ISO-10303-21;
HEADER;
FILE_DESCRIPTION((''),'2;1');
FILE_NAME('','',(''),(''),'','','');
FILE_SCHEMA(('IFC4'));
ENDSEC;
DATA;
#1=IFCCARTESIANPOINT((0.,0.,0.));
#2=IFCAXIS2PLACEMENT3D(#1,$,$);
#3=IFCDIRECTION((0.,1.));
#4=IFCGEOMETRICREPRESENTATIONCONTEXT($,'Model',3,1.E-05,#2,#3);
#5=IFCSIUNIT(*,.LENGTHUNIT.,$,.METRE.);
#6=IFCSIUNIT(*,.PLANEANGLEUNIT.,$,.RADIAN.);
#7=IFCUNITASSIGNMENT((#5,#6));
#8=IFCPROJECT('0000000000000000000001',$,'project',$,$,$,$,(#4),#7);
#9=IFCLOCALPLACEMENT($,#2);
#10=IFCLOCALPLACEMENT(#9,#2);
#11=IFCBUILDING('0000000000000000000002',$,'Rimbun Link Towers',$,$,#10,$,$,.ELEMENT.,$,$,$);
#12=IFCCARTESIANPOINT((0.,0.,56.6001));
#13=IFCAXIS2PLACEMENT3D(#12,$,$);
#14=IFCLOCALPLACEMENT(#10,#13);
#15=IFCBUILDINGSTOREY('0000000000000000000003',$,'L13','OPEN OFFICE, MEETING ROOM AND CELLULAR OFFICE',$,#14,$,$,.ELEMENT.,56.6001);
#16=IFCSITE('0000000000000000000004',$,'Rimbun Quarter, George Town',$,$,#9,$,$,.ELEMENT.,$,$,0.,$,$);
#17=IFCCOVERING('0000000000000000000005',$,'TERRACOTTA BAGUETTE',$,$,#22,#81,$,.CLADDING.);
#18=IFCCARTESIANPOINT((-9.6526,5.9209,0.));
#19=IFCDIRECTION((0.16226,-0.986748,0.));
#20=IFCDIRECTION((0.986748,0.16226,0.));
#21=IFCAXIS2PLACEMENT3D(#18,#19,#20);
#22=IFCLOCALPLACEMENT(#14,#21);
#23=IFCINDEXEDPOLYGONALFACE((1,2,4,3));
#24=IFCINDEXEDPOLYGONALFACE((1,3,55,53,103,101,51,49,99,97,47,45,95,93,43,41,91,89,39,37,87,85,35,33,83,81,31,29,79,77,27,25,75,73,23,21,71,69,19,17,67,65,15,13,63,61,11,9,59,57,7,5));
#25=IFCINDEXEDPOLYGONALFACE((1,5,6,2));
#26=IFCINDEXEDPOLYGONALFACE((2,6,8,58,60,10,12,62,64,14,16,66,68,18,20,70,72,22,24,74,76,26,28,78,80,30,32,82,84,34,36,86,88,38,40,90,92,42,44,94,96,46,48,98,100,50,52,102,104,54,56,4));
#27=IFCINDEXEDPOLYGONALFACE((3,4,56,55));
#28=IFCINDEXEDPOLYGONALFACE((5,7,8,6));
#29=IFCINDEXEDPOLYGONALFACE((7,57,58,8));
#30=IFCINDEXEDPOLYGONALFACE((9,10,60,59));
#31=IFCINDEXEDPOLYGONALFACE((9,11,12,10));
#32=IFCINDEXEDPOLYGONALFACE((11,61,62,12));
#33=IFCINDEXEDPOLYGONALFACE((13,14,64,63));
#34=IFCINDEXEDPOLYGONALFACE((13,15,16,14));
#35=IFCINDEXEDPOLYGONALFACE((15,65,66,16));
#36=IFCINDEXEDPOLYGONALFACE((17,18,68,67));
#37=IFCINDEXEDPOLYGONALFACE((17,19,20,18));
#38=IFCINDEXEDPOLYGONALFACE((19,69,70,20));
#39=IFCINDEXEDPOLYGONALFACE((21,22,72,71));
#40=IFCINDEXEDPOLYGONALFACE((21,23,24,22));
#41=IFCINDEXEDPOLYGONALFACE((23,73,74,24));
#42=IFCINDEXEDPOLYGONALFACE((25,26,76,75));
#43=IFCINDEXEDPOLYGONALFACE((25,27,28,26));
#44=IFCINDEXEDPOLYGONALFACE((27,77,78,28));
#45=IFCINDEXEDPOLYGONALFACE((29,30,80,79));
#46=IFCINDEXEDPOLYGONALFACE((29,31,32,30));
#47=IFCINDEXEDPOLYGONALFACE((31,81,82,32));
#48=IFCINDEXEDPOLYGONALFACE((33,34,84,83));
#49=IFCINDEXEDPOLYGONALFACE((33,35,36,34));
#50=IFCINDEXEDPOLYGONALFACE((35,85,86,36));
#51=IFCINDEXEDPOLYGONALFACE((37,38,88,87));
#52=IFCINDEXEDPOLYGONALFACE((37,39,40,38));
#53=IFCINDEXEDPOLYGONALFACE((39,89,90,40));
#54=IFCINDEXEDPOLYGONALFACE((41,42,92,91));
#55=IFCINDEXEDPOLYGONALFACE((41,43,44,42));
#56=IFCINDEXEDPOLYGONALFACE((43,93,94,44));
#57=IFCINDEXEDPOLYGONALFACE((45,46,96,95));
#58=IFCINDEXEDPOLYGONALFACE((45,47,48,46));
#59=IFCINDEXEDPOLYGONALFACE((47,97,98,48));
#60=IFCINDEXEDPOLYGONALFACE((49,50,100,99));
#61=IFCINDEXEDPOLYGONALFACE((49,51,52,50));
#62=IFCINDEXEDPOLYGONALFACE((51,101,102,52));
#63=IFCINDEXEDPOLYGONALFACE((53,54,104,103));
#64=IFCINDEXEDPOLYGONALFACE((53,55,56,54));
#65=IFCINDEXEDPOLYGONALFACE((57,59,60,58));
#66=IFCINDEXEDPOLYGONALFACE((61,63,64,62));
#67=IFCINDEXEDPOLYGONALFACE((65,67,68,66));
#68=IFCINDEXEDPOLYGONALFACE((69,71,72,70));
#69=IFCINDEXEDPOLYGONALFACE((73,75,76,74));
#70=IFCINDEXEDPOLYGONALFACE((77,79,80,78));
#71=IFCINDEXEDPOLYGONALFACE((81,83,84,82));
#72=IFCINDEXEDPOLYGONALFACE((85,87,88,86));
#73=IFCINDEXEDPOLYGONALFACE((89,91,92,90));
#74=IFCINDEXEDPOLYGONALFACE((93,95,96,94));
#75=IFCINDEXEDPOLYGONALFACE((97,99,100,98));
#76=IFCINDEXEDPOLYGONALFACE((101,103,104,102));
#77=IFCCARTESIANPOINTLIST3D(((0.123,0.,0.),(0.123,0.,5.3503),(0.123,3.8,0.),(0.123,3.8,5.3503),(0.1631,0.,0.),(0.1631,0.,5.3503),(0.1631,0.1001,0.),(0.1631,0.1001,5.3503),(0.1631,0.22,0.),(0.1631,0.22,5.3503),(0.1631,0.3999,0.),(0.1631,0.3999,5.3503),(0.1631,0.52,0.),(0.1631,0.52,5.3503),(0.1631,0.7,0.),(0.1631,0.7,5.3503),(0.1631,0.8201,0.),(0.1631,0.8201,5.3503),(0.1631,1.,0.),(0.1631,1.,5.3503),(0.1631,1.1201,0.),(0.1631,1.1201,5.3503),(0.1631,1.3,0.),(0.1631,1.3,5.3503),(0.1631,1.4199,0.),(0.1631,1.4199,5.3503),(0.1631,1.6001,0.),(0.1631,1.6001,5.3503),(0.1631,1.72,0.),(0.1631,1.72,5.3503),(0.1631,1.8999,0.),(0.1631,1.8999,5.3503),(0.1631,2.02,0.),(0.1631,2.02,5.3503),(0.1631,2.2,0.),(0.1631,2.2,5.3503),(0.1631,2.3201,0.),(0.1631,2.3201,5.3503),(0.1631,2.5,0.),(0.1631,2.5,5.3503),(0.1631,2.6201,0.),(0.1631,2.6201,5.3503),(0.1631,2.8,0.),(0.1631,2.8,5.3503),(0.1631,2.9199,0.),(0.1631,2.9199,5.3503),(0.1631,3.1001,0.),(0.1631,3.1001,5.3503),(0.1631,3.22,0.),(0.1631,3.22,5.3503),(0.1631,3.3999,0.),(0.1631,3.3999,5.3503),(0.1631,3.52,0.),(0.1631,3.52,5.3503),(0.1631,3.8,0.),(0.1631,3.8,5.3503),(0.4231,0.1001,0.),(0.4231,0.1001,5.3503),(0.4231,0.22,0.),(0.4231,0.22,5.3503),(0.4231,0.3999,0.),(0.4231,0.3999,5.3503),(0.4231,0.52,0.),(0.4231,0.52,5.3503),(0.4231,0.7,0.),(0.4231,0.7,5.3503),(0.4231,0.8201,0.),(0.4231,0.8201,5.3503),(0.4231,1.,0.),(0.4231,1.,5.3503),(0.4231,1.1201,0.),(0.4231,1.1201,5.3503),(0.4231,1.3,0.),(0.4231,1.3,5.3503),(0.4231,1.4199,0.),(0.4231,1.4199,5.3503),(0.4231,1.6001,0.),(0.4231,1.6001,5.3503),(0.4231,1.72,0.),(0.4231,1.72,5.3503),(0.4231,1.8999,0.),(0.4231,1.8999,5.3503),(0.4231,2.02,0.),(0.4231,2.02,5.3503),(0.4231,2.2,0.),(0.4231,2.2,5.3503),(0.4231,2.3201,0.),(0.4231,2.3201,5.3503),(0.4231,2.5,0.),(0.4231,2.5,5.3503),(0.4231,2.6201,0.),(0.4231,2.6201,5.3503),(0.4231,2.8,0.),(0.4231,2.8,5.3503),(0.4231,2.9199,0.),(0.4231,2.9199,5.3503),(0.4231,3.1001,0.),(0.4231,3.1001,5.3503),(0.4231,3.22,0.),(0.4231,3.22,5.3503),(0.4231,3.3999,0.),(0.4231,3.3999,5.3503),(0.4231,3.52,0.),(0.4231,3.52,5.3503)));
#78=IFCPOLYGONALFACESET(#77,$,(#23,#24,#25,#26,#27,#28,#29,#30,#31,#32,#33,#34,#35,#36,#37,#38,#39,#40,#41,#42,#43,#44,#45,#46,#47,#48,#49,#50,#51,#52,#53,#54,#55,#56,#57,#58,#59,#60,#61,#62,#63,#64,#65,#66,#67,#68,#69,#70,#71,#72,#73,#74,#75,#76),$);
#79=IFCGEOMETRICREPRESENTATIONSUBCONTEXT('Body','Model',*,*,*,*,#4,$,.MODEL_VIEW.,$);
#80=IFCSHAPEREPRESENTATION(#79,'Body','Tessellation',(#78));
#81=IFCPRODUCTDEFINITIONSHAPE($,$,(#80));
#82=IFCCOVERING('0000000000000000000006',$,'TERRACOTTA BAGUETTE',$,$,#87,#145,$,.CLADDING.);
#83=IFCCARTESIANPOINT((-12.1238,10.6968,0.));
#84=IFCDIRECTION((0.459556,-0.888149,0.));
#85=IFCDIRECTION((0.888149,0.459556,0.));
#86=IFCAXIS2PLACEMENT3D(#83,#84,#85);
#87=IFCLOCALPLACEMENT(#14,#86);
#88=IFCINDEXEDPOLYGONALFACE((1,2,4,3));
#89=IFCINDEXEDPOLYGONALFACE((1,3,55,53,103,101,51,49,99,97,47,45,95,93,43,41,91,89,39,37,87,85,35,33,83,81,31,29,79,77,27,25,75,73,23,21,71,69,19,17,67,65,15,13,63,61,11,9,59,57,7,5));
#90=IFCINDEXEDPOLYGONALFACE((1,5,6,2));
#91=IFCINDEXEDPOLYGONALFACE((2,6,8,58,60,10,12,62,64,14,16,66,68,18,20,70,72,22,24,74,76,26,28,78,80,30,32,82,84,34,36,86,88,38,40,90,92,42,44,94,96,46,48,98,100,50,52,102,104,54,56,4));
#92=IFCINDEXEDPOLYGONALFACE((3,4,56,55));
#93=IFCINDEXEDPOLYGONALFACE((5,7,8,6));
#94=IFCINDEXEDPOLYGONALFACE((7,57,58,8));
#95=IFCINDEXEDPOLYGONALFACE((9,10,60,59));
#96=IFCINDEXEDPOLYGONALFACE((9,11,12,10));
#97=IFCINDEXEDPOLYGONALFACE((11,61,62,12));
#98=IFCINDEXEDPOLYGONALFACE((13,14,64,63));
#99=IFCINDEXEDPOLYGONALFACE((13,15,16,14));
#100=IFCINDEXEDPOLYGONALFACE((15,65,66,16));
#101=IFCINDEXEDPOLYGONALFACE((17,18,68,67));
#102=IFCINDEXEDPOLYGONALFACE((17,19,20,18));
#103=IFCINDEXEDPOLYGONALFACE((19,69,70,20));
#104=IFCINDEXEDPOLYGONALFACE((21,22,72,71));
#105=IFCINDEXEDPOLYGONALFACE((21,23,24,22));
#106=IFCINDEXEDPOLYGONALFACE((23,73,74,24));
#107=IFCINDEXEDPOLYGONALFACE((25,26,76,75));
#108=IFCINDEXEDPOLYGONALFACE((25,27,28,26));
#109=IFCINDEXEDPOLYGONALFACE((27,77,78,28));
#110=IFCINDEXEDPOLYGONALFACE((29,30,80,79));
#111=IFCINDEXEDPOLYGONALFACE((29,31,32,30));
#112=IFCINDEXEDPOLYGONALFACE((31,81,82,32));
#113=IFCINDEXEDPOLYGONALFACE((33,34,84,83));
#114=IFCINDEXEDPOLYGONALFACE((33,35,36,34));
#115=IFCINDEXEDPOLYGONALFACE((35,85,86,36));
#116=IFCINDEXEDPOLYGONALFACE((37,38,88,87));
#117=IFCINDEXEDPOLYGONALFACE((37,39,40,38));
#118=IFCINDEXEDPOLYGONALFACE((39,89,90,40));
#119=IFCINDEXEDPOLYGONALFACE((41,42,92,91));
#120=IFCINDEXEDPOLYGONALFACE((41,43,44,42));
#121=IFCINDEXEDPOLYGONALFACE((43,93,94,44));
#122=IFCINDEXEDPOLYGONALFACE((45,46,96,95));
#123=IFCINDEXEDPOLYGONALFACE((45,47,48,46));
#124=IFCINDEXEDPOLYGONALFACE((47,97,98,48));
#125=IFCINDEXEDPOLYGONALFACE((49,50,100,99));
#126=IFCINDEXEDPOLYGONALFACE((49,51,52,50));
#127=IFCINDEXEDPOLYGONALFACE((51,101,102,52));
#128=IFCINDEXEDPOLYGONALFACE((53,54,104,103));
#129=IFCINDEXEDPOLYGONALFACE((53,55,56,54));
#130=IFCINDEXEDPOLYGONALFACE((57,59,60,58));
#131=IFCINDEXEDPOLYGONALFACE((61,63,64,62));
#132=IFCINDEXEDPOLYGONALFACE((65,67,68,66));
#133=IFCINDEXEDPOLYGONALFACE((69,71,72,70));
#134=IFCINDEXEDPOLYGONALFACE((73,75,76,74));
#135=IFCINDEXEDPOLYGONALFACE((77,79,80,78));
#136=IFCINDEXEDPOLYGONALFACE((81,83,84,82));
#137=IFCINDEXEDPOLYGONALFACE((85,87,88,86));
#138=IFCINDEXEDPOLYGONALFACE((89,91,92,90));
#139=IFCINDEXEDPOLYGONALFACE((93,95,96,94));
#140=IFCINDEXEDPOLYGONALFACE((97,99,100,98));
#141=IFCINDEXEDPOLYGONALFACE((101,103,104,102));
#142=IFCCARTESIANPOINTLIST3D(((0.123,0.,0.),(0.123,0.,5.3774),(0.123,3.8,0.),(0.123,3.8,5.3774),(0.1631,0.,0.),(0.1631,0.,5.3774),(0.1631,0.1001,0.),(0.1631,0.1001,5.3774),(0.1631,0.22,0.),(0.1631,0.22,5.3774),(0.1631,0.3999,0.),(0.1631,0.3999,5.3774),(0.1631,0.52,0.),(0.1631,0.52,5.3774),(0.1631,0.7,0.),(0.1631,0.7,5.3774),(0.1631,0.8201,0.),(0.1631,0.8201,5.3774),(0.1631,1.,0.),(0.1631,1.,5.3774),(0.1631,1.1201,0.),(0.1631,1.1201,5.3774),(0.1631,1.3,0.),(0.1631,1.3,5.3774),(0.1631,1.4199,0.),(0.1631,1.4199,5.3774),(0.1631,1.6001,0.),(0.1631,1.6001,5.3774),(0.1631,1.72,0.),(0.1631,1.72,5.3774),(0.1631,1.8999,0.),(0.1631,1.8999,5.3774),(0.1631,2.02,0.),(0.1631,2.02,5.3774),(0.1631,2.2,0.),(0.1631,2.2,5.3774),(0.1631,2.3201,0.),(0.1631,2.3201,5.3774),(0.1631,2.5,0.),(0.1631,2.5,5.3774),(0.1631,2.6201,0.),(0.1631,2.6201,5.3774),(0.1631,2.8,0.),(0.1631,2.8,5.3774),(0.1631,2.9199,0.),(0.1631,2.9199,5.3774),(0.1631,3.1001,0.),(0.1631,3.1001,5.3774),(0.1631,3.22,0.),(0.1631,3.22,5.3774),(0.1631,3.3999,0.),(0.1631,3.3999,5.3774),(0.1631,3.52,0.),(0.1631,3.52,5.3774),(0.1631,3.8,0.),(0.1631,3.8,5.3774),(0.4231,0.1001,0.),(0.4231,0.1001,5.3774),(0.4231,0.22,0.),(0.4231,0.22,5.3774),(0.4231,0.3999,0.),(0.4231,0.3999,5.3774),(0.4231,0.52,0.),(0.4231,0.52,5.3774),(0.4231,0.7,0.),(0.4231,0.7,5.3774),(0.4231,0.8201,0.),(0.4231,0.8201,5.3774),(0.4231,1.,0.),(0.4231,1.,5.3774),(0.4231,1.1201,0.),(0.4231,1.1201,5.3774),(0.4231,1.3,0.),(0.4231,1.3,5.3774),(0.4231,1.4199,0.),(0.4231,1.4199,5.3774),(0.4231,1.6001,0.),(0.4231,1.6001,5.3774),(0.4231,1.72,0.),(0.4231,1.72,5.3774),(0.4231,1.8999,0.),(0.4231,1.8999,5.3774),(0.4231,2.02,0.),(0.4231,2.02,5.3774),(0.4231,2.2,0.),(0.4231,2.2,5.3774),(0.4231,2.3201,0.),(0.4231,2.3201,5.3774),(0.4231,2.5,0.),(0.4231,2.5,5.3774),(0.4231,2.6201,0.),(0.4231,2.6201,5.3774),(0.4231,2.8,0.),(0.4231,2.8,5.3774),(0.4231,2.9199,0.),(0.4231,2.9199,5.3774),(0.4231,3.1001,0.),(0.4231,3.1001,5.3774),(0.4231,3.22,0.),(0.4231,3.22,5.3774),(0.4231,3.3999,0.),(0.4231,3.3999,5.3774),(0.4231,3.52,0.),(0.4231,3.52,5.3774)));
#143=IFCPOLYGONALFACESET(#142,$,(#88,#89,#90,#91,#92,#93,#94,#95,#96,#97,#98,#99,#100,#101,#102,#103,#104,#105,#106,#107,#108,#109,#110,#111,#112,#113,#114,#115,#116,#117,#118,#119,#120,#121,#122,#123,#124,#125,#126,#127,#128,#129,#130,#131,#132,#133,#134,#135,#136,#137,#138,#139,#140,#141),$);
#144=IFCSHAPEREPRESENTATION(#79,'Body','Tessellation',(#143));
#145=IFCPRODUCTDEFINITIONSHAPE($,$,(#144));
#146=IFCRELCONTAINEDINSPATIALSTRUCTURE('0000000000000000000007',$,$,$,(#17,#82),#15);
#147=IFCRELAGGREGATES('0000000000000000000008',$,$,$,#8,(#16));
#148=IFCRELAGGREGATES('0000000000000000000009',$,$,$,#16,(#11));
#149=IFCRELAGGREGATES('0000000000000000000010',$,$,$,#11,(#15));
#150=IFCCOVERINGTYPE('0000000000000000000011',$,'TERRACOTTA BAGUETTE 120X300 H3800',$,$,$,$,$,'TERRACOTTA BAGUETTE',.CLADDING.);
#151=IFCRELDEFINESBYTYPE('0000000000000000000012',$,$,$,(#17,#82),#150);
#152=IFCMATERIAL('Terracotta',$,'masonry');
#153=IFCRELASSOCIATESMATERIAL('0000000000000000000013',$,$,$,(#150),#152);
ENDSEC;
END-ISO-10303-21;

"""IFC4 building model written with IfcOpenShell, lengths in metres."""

from ifc_helpers import new_model, si_unit, direction, frame, origin, place, context, subcontext, project, spatial, polyline, outline, extrude, material, material_profile, profile_set, type_object, element, save


model = new_model("IFC4")

# Units and contexts
model_context = context("Model", 3, precision=1e-05, world=origin(), true_north=direction((0.0, 1.0)))
body_context = subcontext(model_context, "Body", "Model", "MODEL_VIEW")
ifc_project = project(units=[si_unit("LENGTHUNIT", "METRE"), si_unit("PLANEANGLEUNIT", "RADIAN")], contexts=[model_context])

# Site, building, storey
site_placement = place(None, origin())
site = spatial("IfcSite", under=ifc_project, at=site_placement, Name="Rimbun Quarter, George Town", CompositionType="ELEMENT", RefElevation=0.0)
building_placement = place(site_placement, origin())
building = spatial("IfcBuilding", under=site, at=building_placement, Name="Rimbun Link Towers", CompositionType="ELEMENT")
storey_placement = place(building_placement, frame((0.0, 0.0, 56.6001)))
storey = spatial("IfcBuildingStorey", under=building, at=storey_placement, Name="L13", Description="OPEN OFFICE, MEETING ROOM AND CELLULAR OFFICE", CompositionType="ELEMENT", Elevation=56.6001)

# Coverings
ifc_material_1 = material(Name="Terracotta", Category="masonry")
ifc_material_profile_1 = material_profile(ifc_material_1, outline(polyline([(0.123, 0.0), (0.1631, 0.0), (0.1631, 0.1001), (0.4231, 0.1001), (0.4231, 0.22), (0.1631, 0.22), (0.1631, 0.3999), (0.4231, 0.3999), (0.4231, 0.52), (0.1631, 0.52), (0.1631, 0.7), (0.4231, 0.7), (0.4231, 0.8201), (0.1631, 0.8201), (0.1631, 1.0), (0.4231, 1.0), (0.4231, 1.1201), (0.1631, 1.1201), (0.1631, 1.3), (0.4231, 1.3), (0.4231, 1.4199), (0.1631, 1.4199), (0.1631, 1.6001), (0.4231, 1.6001), (0.4231, 1.72), (0.1631, 1.72), (0.1631, 1.8999), (0.4231, 1.8999), (0.4231, 2.02), (0.1631, 2.02), (0.1631, 2.2), (0.4231, 2.2), (0.4231, 2.3201), (0.1631, 2.3201), (0.1631, 2.5), (0.4231, 2.5), (0.4231, 2.6201), (0.1631, 2.6201), (0.1631, 2.8), (0.4231, 2.8), (0.4231, 2.9199), (0.1631, 2.9199), (0.1631, 3.1001), (0.4231, 3.1001), (0.4231, 3.22), (0.1631, 3.22), (0.1631, 3.3999), (0.4231, 3.3999), (0.4231, 3.52), (0.1631, 3.52), (0.1631, 3.8), (0.123, 3.8), (0.123, 0.0)])), Name="BAGUETTE 120X300")
ifc_profile_set_1 = profile_set([ifc_material_profile_1], Name="Terracotta")
covering_type_1 = type_object("IfcCoveringType", Name="TERRACOTTA BAGUETTE 120X300 H3800", ElementType="TERRACOTTA BAGUETTE", PredefinedType="CLADDING", material=ifc_profile_set_1)
covering_1_placement = place(storey_placement, frame((-9.6526, 5.9209, 0.0), z_axis=(0.16226, -0.986748, 0.0), x_axis=(0.986748, 0.16226, 0.0)))
element("IfcCovering", 1, at=covering_1_placement, inside=storey, type_object=covering_type_1, Name="TERRACOTTA BAGUETTE", PredefinedType="CLADDING", context=body_context, shape_type="SweptSolid", body=[
    extrude(outline(polyline([(0.123, 0.0), (0.1631, 0.0), (0.1631, 0.1001), (0.4231, 0.1001), (0.4231, 0.22), (0.1631, 0.22), (0.1631, 0.3999), (0.4231, 0.3999), (0.4231, 0.52), (0.1631, 0.52), (0.1631, 0.7), (0.4231, 0.7), (0.4231, 0.8201), (0.1631, 0.8201), (0.1631, 1.0), (0.4231, 1.0), (0.4231, 1.1201), (0.1631, 1.1201), (0.1631, 1.3), (0.4231, 1.3), (0.4231, 1.4199), (0.1631, 1.4199), (0.1631, 1.6001), (0.4231, 1.6001), (0.4231, 1.72), (0.1631, 1.72), (0.1631, 1.8999), (0.4231, 1.8999), (0.4231, 2.02), (0.1631, 2.02), (0.1631, 2.2), (0.4231, 2.2), (0.4231, 2.3201), (0.1631, 2.3201), (0.1631, 2.5), (0.4231, 2.5), (0.4231, 2.6201), (0.1631, 2.6201), (0.1631, 2.8), (0.4231, 2.8), (0.4231, 2.9199), (0.1631, 2.9199), (0.1631, 3.1001), (0.4231, 3.1001), (0.4231, 3.22), (0.1631, 3.22), (0.1631, 3.3999), (0.4231, 3.3999), (0.4231, 3.52), (0.1631, 3.52), (0.1631, 3.8), (0.123, 3.8), (0.123, 0.0)])), origin(), (0.0, 0.0, 1.0), 5.3503),
])
covering_2_placement = place(storey_placement, frame((-12.1238, 10.6968, 0.0), z_axis=(0.459556, -0.888149, 0.0), x_axis=(0.888149, 0.459556, 0.0)))
element("IfcCovering", 2, at=covering_2_placement, inside=storey, type_object=covering_type_1, Name="TERRACOTTA BAGUETTE", PredefinedType="CLADDING", context=body_context, shape_type="SweptSolid", body=[
    extrude(outline(polyline([(0.123, 0.0), (0.1631, 0.0), (0.1631, 0.1001), (0.4231, 0.1001), (0.4231, 0.22), (0.1631, 0.22), (0.1631, 0.3999), (0.4231, 0.3999), (0.4231, 0.52), (0.1631, 0.52), (0.1631, 0.7), (0.4231, 0.7), (0.4231, 0.8201), (0.1631, 0.8201), (0.1631, 1.0), (0.4231, 1.0), (0.4231, 1.1201), (0.1631, 1.1201), (0.1631, 1.3), (0.4231, 1.3), (0.4231, 1.4199), (0.1631, 1.4199), (0.1631, 1.6001), (0.4231, 1.6001), (0.4231, 1.72), (0.1631, 1.72), (0.1631, 1.8999), (0.4231, 1.8999), (0.4231, 2.02), (0.1631, 2.02), (0.1631, 2.2), (0.4231, 2.2), (0.4231, 2.3201), (0.1631, 2.3201), (0.1631, 2.5), (0.4231, 2.5), (0.4231, 2.6201), (0.1631, 2.6201), (0.1631, 2.8), (0.4231, 2.8), (0.4231, 2.9199), (0.1631, 2.9199), (0.1631, 3.1001), (0.4231, 3.1001), (0.4231, 3.22), (0.1631, 3.22), (0.1631, 3.3999), (0.4231, 3.3999), (0.4231, 3.52), (0.1631, 3.52), (0.1631, 3.8), (0.123, 3.8), (0.123, 0.0)])), origin(), (0.0, 0.0, 1.0), 5.3774),
])

save(model, "model.ifc")
